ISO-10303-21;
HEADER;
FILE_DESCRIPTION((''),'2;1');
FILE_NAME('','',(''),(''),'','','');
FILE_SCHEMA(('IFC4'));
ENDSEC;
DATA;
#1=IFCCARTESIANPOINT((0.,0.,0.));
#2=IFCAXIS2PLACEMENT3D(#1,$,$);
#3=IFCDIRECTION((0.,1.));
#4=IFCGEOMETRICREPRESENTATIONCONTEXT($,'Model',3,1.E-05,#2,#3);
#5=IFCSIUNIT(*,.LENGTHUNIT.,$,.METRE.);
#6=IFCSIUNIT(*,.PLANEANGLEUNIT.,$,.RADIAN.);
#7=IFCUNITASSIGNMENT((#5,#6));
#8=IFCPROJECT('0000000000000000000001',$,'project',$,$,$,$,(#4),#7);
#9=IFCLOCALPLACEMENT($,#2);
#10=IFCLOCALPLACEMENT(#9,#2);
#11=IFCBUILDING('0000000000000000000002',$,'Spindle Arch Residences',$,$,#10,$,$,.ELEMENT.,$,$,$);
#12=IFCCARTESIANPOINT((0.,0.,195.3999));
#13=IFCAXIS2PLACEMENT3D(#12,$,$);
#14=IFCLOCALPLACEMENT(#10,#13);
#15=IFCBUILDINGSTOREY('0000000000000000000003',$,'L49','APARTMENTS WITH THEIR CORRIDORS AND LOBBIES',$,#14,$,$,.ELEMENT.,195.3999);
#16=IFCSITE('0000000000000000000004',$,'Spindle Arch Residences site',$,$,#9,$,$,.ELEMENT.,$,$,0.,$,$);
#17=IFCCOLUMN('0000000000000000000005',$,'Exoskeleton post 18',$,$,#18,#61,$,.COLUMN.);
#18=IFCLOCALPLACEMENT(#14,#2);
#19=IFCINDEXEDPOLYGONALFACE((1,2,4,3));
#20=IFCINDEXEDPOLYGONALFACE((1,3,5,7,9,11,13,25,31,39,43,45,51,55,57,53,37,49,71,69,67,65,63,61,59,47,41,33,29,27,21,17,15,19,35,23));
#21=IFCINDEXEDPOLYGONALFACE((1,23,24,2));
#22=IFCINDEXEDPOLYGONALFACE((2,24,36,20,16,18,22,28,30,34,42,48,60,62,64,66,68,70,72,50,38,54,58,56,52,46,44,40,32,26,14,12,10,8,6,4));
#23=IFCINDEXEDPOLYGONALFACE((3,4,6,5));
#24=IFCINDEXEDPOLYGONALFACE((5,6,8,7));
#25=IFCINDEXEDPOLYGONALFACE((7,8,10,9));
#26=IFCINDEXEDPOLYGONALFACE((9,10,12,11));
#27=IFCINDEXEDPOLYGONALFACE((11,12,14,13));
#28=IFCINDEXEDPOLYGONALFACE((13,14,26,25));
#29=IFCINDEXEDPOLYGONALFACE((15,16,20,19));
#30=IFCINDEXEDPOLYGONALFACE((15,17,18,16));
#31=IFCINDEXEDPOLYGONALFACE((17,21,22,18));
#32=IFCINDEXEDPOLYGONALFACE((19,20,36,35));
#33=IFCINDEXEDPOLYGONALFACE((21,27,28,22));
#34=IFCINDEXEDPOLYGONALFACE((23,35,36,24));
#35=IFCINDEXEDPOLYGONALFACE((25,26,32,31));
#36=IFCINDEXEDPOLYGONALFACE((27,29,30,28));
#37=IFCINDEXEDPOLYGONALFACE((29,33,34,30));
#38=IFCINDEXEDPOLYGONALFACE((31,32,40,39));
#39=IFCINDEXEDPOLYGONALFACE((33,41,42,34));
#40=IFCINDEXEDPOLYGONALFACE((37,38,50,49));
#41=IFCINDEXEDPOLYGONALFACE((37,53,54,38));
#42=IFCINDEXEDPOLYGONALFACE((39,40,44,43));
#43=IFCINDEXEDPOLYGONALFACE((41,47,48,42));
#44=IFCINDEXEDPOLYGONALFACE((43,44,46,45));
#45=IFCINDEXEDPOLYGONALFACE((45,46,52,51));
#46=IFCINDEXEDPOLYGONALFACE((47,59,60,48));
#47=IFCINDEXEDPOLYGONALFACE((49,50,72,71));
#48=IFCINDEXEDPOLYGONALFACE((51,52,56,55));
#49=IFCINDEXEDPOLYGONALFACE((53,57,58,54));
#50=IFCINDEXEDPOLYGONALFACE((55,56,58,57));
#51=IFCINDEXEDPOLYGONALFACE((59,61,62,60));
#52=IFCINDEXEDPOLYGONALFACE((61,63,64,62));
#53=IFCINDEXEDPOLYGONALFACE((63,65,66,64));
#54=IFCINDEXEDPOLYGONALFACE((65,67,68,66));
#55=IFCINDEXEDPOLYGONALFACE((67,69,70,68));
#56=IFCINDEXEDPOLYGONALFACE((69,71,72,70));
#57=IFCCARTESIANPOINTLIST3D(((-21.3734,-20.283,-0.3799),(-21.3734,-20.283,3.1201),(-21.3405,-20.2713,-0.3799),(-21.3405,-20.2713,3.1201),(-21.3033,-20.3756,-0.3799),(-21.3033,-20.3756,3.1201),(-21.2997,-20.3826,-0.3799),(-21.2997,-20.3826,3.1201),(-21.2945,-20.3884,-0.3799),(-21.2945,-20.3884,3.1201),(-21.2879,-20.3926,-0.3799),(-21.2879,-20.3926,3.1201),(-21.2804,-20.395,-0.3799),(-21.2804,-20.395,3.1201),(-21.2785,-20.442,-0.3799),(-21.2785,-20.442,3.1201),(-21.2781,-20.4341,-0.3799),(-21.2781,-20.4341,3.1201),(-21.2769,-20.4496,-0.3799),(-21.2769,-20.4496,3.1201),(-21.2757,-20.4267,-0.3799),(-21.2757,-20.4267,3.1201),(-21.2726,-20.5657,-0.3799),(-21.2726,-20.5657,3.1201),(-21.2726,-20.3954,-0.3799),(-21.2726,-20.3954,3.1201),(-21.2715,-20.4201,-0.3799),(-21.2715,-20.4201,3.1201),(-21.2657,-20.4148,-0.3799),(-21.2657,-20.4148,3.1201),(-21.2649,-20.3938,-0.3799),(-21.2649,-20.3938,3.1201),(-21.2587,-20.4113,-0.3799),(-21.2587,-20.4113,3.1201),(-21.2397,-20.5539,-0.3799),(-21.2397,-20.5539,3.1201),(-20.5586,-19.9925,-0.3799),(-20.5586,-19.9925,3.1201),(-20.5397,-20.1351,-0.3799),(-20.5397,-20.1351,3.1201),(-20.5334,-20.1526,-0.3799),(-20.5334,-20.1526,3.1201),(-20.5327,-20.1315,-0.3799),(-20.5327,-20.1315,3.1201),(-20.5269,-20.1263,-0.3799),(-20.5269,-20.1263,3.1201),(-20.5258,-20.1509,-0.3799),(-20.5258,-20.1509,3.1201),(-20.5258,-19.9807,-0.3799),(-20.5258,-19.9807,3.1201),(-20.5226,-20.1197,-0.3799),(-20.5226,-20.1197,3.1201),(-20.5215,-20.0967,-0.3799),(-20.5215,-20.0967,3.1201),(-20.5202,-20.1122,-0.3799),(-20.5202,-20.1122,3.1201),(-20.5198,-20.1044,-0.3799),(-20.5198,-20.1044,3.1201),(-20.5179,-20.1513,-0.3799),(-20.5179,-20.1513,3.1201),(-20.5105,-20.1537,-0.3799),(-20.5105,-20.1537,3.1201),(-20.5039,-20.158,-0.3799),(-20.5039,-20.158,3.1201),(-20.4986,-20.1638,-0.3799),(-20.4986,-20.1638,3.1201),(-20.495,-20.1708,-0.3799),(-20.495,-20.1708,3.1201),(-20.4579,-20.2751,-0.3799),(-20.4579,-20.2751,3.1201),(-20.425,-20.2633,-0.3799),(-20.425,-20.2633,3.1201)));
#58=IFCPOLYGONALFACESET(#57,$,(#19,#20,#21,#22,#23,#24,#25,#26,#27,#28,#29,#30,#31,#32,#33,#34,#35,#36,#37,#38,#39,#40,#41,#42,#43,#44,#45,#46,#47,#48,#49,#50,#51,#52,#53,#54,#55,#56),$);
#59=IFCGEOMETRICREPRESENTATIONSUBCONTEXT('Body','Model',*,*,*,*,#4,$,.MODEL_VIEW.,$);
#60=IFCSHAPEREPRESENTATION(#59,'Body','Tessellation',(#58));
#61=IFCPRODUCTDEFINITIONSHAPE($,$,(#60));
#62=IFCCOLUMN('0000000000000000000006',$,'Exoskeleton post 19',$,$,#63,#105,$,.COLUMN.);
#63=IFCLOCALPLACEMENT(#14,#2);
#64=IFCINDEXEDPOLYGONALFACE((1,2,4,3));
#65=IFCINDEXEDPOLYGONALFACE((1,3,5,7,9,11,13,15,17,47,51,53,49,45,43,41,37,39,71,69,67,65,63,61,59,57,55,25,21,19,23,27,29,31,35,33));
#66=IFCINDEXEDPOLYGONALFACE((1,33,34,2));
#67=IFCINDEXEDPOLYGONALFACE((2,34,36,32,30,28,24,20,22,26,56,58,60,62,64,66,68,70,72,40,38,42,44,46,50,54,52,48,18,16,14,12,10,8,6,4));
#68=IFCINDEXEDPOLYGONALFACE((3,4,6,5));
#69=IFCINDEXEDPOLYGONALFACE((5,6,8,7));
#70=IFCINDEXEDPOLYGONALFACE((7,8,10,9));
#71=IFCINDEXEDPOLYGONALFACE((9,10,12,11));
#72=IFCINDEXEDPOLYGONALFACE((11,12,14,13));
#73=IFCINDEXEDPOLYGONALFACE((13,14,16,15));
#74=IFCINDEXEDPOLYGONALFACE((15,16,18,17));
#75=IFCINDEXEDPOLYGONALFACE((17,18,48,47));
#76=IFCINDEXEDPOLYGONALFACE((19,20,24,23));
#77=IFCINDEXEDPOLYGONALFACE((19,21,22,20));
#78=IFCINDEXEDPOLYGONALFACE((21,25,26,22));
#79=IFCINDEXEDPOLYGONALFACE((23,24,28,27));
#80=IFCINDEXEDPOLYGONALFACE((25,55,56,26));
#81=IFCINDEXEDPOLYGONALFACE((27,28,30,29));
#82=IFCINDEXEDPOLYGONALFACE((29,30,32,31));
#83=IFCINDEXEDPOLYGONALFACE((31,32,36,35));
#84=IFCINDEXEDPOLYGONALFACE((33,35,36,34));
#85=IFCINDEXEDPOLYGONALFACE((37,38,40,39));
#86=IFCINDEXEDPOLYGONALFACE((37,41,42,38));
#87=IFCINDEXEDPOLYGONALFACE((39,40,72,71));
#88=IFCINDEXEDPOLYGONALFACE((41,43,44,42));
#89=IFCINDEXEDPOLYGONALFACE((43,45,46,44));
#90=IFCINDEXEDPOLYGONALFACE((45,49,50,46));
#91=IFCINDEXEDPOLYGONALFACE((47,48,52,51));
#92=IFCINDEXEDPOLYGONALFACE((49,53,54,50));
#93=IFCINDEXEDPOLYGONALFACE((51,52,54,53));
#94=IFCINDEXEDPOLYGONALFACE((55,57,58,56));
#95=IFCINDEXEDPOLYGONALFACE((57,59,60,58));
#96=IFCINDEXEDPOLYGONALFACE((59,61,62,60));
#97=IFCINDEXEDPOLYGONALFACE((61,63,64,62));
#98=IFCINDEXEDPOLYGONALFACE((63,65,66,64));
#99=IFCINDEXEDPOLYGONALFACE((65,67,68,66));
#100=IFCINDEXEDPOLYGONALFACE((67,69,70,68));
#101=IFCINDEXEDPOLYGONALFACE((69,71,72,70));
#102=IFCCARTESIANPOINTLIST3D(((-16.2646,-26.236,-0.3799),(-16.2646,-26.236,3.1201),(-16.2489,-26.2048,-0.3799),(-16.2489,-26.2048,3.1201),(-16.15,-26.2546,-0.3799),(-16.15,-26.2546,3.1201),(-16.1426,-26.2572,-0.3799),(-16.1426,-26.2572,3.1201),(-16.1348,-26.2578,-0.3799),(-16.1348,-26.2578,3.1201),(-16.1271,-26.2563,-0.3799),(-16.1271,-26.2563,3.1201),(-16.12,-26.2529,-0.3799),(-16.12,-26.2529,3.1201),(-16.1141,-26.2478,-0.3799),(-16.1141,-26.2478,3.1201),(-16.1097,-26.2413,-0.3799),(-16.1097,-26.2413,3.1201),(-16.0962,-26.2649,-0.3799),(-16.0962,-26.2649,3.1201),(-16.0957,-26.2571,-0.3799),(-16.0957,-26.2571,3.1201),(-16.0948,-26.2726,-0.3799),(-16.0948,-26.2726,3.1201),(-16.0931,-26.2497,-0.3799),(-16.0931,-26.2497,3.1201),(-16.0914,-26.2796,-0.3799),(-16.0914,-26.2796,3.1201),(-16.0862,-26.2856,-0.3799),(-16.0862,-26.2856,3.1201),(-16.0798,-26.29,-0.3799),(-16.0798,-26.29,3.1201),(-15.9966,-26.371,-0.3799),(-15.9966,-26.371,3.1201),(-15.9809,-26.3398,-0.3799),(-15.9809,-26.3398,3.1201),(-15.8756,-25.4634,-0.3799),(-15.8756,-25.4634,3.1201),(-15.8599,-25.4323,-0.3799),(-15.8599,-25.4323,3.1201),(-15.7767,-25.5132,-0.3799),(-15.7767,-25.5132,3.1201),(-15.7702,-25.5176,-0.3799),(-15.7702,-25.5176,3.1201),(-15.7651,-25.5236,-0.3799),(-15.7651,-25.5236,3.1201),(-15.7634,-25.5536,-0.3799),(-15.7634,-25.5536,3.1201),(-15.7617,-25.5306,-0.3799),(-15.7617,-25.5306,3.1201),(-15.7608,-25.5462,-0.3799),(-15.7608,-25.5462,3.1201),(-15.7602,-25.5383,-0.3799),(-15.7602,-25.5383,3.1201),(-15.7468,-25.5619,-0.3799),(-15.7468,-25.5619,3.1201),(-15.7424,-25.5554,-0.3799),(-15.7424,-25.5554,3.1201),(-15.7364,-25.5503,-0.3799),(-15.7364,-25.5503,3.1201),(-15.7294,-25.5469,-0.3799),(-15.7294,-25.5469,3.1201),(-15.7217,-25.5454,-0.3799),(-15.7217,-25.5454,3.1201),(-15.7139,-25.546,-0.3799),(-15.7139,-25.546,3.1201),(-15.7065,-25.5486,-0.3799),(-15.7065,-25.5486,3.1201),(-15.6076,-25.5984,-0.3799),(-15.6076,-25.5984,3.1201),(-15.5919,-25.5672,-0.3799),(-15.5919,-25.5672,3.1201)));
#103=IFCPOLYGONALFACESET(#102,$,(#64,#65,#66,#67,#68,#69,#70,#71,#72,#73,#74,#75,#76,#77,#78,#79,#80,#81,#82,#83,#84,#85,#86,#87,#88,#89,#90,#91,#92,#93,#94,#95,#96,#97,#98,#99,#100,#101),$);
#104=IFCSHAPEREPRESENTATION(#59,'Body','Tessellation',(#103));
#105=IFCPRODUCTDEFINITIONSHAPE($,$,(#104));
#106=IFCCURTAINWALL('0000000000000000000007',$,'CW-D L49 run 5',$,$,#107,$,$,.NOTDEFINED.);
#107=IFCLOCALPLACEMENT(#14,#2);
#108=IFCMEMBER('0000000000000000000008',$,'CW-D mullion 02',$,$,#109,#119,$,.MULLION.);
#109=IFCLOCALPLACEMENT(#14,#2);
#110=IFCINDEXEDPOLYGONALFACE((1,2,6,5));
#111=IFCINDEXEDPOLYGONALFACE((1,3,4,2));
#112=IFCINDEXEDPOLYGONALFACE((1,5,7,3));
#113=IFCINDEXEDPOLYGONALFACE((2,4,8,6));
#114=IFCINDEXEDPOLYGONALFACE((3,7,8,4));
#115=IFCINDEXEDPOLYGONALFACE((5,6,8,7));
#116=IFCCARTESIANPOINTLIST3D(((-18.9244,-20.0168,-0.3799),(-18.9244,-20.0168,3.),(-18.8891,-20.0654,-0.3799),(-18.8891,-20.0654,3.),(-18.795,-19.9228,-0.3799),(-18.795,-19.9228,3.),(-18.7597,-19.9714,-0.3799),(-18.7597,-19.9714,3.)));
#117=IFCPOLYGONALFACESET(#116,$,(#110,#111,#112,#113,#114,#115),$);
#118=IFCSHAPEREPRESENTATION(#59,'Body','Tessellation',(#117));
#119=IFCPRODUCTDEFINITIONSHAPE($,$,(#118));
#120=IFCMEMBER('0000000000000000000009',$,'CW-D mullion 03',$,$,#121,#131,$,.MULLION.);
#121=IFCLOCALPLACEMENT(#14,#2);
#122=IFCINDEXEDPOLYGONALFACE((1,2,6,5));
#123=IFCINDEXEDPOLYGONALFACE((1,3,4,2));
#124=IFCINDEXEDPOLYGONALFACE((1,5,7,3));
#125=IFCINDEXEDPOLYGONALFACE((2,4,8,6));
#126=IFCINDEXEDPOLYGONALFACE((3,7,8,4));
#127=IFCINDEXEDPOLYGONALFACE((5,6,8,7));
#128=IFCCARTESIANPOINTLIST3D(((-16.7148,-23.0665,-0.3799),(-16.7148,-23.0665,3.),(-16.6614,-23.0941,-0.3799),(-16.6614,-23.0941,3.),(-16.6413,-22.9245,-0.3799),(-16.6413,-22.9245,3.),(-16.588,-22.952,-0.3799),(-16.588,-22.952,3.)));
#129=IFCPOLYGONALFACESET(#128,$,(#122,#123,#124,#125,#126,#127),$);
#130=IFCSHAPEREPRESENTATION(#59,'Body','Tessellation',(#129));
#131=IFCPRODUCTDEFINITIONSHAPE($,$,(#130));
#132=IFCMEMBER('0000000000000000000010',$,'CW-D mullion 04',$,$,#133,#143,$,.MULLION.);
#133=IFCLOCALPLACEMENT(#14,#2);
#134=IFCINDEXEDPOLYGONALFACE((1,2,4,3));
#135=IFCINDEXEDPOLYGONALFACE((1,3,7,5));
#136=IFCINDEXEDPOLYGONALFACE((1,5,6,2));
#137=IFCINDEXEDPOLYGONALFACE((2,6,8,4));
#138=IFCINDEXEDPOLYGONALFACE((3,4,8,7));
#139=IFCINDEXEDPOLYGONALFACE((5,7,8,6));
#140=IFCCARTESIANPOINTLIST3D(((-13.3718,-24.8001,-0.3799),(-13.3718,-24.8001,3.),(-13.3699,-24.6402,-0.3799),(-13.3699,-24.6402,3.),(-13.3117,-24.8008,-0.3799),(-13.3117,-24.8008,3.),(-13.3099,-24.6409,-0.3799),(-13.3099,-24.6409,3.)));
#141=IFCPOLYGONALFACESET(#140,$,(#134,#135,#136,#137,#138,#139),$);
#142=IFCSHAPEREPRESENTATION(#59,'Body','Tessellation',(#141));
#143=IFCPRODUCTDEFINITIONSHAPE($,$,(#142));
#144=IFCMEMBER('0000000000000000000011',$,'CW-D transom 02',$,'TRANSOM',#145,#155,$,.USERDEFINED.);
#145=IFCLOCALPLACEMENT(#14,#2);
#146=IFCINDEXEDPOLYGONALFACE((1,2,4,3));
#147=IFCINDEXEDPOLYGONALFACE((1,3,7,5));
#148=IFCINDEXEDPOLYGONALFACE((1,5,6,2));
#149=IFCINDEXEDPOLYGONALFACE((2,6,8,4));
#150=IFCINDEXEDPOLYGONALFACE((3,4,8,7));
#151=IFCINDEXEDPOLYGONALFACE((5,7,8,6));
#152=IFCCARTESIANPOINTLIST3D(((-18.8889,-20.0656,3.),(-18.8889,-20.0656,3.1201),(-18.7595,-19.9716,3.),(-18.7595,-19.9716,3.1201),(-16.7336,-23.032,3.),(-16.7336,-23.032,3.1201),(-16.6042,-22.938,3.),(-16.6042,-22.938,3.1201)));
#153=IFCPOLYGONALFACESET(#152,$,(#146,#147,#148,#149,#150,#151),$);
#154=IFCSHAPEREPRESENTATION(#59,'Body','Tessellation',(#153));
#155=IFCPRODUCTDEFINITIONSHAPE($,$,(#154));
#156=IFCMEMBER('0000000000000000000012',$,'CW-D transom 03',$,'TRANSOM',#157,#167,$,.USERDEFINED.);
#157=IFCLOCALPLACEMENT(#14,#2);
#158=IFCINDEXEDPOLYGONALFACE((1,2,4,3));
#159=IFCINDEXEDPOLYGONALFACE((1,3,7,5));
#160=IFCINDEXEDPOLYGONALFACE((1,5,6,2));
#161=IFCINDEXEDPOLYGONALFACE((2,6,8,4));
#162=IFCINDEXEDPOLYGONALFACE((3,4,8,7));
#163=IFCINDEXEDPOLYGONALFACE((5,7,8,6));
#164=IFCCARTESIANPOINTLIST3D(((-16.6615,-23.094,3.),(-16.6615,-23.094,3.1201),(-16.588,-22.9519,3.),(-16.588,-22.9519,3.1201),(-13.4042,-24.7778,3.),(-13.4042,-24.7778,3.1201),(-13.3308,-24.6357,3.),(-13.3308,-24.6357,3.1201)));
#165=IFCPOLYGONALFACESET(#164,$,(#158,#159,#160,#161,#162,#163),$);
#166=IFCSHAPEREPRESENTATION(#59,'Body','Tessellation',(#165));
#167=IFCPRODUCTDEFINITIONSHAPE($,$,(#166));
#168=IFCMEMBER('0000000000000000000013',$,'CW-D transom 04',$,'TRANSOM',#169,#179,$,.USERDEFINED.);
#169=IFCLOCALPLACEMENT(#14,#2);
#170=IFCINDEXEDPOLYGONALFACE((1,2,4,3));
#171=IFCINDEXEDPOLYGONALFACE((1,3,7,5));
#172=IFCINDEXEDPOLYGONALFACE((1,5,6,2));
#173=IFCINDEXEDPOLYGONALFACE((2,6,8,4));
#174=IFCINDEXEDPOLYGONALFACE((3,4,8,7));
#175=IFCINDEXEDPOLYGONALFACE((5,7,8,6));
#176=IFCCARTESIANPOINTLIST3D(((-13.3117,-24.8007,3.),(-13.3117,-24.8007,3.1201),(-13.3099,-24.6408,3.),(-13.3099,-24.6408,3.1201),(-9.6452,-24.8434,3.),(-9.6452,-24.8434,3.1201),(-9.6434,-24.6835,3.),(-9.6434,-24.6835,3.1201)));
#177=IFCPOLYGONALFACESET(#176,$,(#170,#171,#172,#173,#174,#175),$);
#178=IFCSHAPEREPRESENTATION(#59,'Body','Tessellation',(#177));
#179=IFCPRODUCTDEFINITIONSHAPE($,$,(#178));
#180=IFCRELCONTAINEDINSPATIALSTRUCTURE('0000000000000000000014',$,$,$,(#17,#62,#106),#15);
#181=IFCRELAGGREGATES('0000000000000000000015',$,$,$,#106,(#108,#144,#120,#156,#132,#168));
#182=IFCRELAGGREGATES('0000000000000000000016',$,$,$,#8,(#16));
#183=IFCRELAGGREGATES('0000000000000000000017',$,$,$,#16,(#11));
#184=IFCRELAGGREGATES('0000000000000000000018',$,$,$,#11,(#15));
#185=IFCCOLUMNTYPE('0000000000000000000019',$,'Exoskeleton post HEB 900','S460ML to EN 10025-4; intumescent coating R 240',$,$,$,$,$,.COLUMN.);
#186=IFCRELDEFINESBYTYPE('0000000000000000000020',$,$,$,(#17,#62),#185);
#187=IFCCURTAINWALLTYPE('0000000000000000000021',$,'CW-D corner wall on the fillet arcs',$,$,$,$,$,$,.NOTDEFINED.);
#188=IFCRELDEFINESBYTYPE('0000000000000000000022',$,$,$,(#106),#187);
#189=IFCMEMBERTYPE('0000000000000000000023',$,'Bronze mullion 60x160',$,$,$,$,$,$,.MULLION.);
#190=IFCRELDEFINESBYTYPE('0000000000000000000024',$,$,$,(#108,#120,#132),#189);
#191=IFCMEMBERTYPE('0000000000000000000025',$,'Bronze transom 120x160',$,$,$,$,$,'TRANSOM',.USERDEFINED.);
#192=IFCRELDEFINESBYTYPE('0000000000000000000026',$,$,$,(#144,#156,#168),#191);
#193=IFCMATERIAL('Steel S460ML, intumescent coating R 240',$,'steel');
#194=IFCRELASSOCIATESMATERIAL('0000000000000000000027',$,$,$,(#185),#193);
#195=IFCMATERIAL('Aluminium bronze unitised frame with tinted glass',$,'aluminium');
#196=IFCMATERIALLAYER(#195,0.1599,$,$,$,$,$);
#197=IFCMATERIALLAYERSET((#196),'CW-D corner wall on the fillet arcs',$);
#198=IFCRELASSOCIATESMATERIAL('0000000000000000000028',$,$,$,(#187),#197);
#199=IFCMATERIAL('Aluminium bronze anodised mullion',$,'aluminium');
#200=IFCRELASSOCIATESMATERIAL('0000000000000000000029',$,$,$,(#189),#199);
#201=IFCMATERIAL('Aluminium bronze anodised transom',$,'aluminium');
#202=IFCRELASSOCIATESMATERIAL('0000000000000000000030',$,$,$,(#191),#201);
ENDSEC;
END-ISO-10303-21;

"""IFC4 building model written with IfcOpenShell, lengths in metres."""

from ifc_helpers import new_model, si_unit, direction, frame, origin, origin_2d, place, context, subcontext, project, spatial, rectangle, i_section, extrude, material, layer, layer_set, material_profile, profile_set, type_object, element, aggregate, save


model = new_model("IFC4")

# Units and contexts
model_context = context("Model", 3, precision=1e-05, world=origin(), true_north=direction((0.0, 1.0)))
body_context = subcontext(model_context, "Body", "Model", "MODEL_VIEW")
ifc_project = project(units=[si_unit("LENGTHUNIT", "METRE"), si_unit("PLANEANGLEUNIT", "RADIAN")], contexts=[model_context])

# Site, building, storey
site_placement = place(None, origin())
site = spatial("IfcSite", under=ifc_project, at=site_placement, Name="Spindle Arch Residences site", CompositionType="ELEMENT", RefElevation=0.0)
building_placement = place(site_placement, origin())
building = spatial("IfcBuilding", under=site, at=building_placement, Name="Spindle Arch Residences", CompositionType="ELEMENT")
storey_placement = place(building_placement, frame((0.0, 0.0, 195.3999)))
storey = spatial("IfcBuildingStorey", under=building, at=storey_placement, Name="L49", Description="APARTMENTS WITH THEIR CORRIDORS AND LOBBIES", CompositionType="ELEMENT", Elevation=195.3999)

# Columns
ifc_material_1 = material(Name="Steel S460ML, intumescent coating R 240", Category="steel")
ifc_material_profile_1 = material_profile(ifc_material_1, i_section(OverallWidth=0.3, OverallDepth=0.8999, WebThickness=0.0186, FlangeThickness=0.0349, FilletRadius=0.03, at=origin_2d()), Name="HEB 900")
ifc_profile_set_1 = profile_set([ifc_material_profile_1], Name="Steel S460ML, intumescent coating R 240")
column_type = type_object("IfcColumnType", Name="Exoskeleton post HEB 900", Description="S460ML to EN 10025-4; intumescent coating R 240", PredefinedType="COLUMN", material=ifc_profile_set_1)
for number, where, z_axis, x_axis, name in (
    (1, (-20.8992, -20.2732, -0.3799), (0.0, 0.0, 1.0), (-0.335927, 0.941888, 0.0), "Exoskeleton post 18"),
    (2, (-15.9282, -25.9016, -0.3799), (0.0, 0.0, 1.0), (-0.893169, 0.449721, 0.0), "Exoskeleton post 19"),
):
    element("IfcColumn", number, at=place(storey_placement, frame(where, z_axis=z_axis, x_axis=x_axis)), inside=storey, type_object=column_type, Name=name, PredefinedType="COLUMN", context=body_context, shape_type="SweptSolid", body=[
        extrude(i_section(OverallWidth=0.3, OverallDepth=0.8999, WebThickness=0.0186, FlangeThickness=0.0349, FilletRadius=0.03, at=origin_2d()), origin(), (0.0, 0.0, 1.0), 3.5),
    ])

# Curtain wall, members
ifc_material_2 = material(Name="Aluminium bronze unitised frame with tinted glass", Category="aluminium")
ifc_layer_1 = layer(ifc_material_2, 0.1599)
ifc_layer_set_1 = layer_set([ifc_layer_1], Name="CW-D corner wall on the fillet arcs")
curtain_wall_type = type_object("IfcCurtainWallType", Name="CW-D corner wall on the fillet arcs", PredefinedType="NOTDEFINED", material=ifc_layer_set_1)
curtain_wall_placement = place(storey_placement, origin())
curtain_wall = element("IfcCurtainWall", 3, at=curtain_wall_placement, inside=storey, type_object=curtain_wall_type, Name="CW-D L49 run 5", PredefinedType="NOTDEFINED")
ifc_material_3 = material(Name="Aluminium bronze anodised mullion", Category="aluminium")
ifc_material_profile_2 = material_profile(ifc_material_3, rectangle(XDim=0.1599, YDim=0.0601, at=origin_2d()), Name="MU 60x160")
ifc_profile_set_2 = profile_set([ifc_material_profile_2], Name="Aluminium bronze anodised mullion")
member_type_1 = type_object("IfcMemberType", Name="Bronze mullion 60x160", PredefinedType="MULLION", material=ifc_profile_set_2)
member_1_placement = place(storey_placement, frame((-18.842, -19.9941, -0.3799), z_axis=(0.0, 0.0, 1.0), x_axis=(0.809017, 0.587785, 0.0)))
member_1 = element("IfcMember", 4, at=member_1_placement, type_object=member_type_1, Name="CW-D mullion 02", PredefinedType="MULLION", context=body_context, shape_type="SweptSolid", body=[
    extrude(rectangle(XDim=0.1599, YDim=0.0601, at=origin_2d()), origin(), (0.0, 0.0, 1.0), 3.3799),
])
member_2_placement = place(storey_placement, frame((-16.6514, -23.0093, -0.3799), z_axis=(0.0, 0.0, 1.0), x_axis=(0.459166, 0.88835, 0.0)))
member_2 = element("IfcMember", 5, at=member_2_placement, type_object=member_type_1, Name="CW-D mullion 03", PredefinedType="MULLION", context=body_context, shape_type="SweptSolid", body=[
    extrude(rectangle(XDim=0.1599, YDim=0.0601, at=origin_2d()), origin(), (0.0, 0.0, 1.0), 3.3799),
])
member_3_placement = place(storey_placement, frame((-13.3408, -24.7205, -0.3799), z_axis=(0.0, 0.0, 1.0), x_axis=(0.011635, 0.999932, 0.0)))
member_3 = element("IfcMember", 6, at=member_3_placement, type_object=member_type_1, Name="CW-D mullion 04", PredefinedType="MULLION", context=body_context, shape_type="SweptSolid", body=[
    extrude(rectangle(XDim=0.1599, YDim=0.0601, at=origin_2d()), origin(), (0.0, 0.0, 1.0), 3.3799),
])
ifc_material_4 = material(Name="Aluminium bronze anodised transom", Category="aluminium")
ifc_material_profile_3 = material_profile(ifc_material_4, rectangle(XDim=0.1599, YDim=0.1201, at=origin_2d()), Name="TR 120x160")
ifc_profile_set_3 = profile_set([ifc_material_profile_3], Name="Aluminium bronze anodised transom")
member_type_2 = type_object("IfcMemberType", Name="Bronze transom 120x160", ElementType="TRANSOM", PredefinedType="USERDEFINED", material=ifc_profile_set_3)
member_4_placement = place(storey_placement, frame((-18.8242, -20.0186, 3.0601), z_axis=(0.587807, -0.809001, 0.0), x_axis=(0.809001, 0.587807, 0.0)))
member_4 = element("IfcMember", 7, at=member_4_placement, type_object=member_type_2, Name="CW-D transom 02", ObjectType="TRANSOM", PredefinedType="USERDEFINED", context=body_context, shape_type="SweptSolid", body=[
    extrude(rectangle(XDim=0.1599, YDim=0.1201, at=origin_2d()), origin(), (0.0, 0.0, 1.0), 3.6667),
])
member_5_placement = place(storey_placement, frame((-16.6248, -23.0229, 3.0601), z_axis=(0.888327, -0.459211, 0.0), x_axis=(0.459211, 0.888327, 0.0)))
member_5 = element("IfcMember", 8, at=member_5_placement, type_object=member_type_2, Name="CW-D transom 03", ObjectType="TRANSOM", PredefinedType="USERDEFINED", context=body_context, shape_type="SweptSolid", body=[
    extrude(rectangle(XDim=0.1599, YDim=0.1201, at=origin_2d()), origin(), (0.0, 0.0, 1.0), 3.6667),
])
member_6_placement = place(storey_placement, frame((-13.3108, -24.7207, 3.0601), z_axis=(0.999932, -0.011652, 0.0), x_axis=(0.011652, 0.999932, 0.0)))
member_6 = element("IfcMember", 9, at=member_6_placement, type_object=member_type_2, Name="CW-D transom 04", ObjectType="TRANSOM", PredefinedType="USERDEFINED", context=body_context, shape_type="SweptSolid", body=[
    extrude(rectangle(XDim=0.1599, YDim=0.1201, at=origin_2d()), origin(), (0.0, 0.0, 1.0), 3.6667),
])

aggregate(curtain_wall, [member_1, member_4, member_2, member_5, member_3, member_6])

save(model, "model.ifc")
